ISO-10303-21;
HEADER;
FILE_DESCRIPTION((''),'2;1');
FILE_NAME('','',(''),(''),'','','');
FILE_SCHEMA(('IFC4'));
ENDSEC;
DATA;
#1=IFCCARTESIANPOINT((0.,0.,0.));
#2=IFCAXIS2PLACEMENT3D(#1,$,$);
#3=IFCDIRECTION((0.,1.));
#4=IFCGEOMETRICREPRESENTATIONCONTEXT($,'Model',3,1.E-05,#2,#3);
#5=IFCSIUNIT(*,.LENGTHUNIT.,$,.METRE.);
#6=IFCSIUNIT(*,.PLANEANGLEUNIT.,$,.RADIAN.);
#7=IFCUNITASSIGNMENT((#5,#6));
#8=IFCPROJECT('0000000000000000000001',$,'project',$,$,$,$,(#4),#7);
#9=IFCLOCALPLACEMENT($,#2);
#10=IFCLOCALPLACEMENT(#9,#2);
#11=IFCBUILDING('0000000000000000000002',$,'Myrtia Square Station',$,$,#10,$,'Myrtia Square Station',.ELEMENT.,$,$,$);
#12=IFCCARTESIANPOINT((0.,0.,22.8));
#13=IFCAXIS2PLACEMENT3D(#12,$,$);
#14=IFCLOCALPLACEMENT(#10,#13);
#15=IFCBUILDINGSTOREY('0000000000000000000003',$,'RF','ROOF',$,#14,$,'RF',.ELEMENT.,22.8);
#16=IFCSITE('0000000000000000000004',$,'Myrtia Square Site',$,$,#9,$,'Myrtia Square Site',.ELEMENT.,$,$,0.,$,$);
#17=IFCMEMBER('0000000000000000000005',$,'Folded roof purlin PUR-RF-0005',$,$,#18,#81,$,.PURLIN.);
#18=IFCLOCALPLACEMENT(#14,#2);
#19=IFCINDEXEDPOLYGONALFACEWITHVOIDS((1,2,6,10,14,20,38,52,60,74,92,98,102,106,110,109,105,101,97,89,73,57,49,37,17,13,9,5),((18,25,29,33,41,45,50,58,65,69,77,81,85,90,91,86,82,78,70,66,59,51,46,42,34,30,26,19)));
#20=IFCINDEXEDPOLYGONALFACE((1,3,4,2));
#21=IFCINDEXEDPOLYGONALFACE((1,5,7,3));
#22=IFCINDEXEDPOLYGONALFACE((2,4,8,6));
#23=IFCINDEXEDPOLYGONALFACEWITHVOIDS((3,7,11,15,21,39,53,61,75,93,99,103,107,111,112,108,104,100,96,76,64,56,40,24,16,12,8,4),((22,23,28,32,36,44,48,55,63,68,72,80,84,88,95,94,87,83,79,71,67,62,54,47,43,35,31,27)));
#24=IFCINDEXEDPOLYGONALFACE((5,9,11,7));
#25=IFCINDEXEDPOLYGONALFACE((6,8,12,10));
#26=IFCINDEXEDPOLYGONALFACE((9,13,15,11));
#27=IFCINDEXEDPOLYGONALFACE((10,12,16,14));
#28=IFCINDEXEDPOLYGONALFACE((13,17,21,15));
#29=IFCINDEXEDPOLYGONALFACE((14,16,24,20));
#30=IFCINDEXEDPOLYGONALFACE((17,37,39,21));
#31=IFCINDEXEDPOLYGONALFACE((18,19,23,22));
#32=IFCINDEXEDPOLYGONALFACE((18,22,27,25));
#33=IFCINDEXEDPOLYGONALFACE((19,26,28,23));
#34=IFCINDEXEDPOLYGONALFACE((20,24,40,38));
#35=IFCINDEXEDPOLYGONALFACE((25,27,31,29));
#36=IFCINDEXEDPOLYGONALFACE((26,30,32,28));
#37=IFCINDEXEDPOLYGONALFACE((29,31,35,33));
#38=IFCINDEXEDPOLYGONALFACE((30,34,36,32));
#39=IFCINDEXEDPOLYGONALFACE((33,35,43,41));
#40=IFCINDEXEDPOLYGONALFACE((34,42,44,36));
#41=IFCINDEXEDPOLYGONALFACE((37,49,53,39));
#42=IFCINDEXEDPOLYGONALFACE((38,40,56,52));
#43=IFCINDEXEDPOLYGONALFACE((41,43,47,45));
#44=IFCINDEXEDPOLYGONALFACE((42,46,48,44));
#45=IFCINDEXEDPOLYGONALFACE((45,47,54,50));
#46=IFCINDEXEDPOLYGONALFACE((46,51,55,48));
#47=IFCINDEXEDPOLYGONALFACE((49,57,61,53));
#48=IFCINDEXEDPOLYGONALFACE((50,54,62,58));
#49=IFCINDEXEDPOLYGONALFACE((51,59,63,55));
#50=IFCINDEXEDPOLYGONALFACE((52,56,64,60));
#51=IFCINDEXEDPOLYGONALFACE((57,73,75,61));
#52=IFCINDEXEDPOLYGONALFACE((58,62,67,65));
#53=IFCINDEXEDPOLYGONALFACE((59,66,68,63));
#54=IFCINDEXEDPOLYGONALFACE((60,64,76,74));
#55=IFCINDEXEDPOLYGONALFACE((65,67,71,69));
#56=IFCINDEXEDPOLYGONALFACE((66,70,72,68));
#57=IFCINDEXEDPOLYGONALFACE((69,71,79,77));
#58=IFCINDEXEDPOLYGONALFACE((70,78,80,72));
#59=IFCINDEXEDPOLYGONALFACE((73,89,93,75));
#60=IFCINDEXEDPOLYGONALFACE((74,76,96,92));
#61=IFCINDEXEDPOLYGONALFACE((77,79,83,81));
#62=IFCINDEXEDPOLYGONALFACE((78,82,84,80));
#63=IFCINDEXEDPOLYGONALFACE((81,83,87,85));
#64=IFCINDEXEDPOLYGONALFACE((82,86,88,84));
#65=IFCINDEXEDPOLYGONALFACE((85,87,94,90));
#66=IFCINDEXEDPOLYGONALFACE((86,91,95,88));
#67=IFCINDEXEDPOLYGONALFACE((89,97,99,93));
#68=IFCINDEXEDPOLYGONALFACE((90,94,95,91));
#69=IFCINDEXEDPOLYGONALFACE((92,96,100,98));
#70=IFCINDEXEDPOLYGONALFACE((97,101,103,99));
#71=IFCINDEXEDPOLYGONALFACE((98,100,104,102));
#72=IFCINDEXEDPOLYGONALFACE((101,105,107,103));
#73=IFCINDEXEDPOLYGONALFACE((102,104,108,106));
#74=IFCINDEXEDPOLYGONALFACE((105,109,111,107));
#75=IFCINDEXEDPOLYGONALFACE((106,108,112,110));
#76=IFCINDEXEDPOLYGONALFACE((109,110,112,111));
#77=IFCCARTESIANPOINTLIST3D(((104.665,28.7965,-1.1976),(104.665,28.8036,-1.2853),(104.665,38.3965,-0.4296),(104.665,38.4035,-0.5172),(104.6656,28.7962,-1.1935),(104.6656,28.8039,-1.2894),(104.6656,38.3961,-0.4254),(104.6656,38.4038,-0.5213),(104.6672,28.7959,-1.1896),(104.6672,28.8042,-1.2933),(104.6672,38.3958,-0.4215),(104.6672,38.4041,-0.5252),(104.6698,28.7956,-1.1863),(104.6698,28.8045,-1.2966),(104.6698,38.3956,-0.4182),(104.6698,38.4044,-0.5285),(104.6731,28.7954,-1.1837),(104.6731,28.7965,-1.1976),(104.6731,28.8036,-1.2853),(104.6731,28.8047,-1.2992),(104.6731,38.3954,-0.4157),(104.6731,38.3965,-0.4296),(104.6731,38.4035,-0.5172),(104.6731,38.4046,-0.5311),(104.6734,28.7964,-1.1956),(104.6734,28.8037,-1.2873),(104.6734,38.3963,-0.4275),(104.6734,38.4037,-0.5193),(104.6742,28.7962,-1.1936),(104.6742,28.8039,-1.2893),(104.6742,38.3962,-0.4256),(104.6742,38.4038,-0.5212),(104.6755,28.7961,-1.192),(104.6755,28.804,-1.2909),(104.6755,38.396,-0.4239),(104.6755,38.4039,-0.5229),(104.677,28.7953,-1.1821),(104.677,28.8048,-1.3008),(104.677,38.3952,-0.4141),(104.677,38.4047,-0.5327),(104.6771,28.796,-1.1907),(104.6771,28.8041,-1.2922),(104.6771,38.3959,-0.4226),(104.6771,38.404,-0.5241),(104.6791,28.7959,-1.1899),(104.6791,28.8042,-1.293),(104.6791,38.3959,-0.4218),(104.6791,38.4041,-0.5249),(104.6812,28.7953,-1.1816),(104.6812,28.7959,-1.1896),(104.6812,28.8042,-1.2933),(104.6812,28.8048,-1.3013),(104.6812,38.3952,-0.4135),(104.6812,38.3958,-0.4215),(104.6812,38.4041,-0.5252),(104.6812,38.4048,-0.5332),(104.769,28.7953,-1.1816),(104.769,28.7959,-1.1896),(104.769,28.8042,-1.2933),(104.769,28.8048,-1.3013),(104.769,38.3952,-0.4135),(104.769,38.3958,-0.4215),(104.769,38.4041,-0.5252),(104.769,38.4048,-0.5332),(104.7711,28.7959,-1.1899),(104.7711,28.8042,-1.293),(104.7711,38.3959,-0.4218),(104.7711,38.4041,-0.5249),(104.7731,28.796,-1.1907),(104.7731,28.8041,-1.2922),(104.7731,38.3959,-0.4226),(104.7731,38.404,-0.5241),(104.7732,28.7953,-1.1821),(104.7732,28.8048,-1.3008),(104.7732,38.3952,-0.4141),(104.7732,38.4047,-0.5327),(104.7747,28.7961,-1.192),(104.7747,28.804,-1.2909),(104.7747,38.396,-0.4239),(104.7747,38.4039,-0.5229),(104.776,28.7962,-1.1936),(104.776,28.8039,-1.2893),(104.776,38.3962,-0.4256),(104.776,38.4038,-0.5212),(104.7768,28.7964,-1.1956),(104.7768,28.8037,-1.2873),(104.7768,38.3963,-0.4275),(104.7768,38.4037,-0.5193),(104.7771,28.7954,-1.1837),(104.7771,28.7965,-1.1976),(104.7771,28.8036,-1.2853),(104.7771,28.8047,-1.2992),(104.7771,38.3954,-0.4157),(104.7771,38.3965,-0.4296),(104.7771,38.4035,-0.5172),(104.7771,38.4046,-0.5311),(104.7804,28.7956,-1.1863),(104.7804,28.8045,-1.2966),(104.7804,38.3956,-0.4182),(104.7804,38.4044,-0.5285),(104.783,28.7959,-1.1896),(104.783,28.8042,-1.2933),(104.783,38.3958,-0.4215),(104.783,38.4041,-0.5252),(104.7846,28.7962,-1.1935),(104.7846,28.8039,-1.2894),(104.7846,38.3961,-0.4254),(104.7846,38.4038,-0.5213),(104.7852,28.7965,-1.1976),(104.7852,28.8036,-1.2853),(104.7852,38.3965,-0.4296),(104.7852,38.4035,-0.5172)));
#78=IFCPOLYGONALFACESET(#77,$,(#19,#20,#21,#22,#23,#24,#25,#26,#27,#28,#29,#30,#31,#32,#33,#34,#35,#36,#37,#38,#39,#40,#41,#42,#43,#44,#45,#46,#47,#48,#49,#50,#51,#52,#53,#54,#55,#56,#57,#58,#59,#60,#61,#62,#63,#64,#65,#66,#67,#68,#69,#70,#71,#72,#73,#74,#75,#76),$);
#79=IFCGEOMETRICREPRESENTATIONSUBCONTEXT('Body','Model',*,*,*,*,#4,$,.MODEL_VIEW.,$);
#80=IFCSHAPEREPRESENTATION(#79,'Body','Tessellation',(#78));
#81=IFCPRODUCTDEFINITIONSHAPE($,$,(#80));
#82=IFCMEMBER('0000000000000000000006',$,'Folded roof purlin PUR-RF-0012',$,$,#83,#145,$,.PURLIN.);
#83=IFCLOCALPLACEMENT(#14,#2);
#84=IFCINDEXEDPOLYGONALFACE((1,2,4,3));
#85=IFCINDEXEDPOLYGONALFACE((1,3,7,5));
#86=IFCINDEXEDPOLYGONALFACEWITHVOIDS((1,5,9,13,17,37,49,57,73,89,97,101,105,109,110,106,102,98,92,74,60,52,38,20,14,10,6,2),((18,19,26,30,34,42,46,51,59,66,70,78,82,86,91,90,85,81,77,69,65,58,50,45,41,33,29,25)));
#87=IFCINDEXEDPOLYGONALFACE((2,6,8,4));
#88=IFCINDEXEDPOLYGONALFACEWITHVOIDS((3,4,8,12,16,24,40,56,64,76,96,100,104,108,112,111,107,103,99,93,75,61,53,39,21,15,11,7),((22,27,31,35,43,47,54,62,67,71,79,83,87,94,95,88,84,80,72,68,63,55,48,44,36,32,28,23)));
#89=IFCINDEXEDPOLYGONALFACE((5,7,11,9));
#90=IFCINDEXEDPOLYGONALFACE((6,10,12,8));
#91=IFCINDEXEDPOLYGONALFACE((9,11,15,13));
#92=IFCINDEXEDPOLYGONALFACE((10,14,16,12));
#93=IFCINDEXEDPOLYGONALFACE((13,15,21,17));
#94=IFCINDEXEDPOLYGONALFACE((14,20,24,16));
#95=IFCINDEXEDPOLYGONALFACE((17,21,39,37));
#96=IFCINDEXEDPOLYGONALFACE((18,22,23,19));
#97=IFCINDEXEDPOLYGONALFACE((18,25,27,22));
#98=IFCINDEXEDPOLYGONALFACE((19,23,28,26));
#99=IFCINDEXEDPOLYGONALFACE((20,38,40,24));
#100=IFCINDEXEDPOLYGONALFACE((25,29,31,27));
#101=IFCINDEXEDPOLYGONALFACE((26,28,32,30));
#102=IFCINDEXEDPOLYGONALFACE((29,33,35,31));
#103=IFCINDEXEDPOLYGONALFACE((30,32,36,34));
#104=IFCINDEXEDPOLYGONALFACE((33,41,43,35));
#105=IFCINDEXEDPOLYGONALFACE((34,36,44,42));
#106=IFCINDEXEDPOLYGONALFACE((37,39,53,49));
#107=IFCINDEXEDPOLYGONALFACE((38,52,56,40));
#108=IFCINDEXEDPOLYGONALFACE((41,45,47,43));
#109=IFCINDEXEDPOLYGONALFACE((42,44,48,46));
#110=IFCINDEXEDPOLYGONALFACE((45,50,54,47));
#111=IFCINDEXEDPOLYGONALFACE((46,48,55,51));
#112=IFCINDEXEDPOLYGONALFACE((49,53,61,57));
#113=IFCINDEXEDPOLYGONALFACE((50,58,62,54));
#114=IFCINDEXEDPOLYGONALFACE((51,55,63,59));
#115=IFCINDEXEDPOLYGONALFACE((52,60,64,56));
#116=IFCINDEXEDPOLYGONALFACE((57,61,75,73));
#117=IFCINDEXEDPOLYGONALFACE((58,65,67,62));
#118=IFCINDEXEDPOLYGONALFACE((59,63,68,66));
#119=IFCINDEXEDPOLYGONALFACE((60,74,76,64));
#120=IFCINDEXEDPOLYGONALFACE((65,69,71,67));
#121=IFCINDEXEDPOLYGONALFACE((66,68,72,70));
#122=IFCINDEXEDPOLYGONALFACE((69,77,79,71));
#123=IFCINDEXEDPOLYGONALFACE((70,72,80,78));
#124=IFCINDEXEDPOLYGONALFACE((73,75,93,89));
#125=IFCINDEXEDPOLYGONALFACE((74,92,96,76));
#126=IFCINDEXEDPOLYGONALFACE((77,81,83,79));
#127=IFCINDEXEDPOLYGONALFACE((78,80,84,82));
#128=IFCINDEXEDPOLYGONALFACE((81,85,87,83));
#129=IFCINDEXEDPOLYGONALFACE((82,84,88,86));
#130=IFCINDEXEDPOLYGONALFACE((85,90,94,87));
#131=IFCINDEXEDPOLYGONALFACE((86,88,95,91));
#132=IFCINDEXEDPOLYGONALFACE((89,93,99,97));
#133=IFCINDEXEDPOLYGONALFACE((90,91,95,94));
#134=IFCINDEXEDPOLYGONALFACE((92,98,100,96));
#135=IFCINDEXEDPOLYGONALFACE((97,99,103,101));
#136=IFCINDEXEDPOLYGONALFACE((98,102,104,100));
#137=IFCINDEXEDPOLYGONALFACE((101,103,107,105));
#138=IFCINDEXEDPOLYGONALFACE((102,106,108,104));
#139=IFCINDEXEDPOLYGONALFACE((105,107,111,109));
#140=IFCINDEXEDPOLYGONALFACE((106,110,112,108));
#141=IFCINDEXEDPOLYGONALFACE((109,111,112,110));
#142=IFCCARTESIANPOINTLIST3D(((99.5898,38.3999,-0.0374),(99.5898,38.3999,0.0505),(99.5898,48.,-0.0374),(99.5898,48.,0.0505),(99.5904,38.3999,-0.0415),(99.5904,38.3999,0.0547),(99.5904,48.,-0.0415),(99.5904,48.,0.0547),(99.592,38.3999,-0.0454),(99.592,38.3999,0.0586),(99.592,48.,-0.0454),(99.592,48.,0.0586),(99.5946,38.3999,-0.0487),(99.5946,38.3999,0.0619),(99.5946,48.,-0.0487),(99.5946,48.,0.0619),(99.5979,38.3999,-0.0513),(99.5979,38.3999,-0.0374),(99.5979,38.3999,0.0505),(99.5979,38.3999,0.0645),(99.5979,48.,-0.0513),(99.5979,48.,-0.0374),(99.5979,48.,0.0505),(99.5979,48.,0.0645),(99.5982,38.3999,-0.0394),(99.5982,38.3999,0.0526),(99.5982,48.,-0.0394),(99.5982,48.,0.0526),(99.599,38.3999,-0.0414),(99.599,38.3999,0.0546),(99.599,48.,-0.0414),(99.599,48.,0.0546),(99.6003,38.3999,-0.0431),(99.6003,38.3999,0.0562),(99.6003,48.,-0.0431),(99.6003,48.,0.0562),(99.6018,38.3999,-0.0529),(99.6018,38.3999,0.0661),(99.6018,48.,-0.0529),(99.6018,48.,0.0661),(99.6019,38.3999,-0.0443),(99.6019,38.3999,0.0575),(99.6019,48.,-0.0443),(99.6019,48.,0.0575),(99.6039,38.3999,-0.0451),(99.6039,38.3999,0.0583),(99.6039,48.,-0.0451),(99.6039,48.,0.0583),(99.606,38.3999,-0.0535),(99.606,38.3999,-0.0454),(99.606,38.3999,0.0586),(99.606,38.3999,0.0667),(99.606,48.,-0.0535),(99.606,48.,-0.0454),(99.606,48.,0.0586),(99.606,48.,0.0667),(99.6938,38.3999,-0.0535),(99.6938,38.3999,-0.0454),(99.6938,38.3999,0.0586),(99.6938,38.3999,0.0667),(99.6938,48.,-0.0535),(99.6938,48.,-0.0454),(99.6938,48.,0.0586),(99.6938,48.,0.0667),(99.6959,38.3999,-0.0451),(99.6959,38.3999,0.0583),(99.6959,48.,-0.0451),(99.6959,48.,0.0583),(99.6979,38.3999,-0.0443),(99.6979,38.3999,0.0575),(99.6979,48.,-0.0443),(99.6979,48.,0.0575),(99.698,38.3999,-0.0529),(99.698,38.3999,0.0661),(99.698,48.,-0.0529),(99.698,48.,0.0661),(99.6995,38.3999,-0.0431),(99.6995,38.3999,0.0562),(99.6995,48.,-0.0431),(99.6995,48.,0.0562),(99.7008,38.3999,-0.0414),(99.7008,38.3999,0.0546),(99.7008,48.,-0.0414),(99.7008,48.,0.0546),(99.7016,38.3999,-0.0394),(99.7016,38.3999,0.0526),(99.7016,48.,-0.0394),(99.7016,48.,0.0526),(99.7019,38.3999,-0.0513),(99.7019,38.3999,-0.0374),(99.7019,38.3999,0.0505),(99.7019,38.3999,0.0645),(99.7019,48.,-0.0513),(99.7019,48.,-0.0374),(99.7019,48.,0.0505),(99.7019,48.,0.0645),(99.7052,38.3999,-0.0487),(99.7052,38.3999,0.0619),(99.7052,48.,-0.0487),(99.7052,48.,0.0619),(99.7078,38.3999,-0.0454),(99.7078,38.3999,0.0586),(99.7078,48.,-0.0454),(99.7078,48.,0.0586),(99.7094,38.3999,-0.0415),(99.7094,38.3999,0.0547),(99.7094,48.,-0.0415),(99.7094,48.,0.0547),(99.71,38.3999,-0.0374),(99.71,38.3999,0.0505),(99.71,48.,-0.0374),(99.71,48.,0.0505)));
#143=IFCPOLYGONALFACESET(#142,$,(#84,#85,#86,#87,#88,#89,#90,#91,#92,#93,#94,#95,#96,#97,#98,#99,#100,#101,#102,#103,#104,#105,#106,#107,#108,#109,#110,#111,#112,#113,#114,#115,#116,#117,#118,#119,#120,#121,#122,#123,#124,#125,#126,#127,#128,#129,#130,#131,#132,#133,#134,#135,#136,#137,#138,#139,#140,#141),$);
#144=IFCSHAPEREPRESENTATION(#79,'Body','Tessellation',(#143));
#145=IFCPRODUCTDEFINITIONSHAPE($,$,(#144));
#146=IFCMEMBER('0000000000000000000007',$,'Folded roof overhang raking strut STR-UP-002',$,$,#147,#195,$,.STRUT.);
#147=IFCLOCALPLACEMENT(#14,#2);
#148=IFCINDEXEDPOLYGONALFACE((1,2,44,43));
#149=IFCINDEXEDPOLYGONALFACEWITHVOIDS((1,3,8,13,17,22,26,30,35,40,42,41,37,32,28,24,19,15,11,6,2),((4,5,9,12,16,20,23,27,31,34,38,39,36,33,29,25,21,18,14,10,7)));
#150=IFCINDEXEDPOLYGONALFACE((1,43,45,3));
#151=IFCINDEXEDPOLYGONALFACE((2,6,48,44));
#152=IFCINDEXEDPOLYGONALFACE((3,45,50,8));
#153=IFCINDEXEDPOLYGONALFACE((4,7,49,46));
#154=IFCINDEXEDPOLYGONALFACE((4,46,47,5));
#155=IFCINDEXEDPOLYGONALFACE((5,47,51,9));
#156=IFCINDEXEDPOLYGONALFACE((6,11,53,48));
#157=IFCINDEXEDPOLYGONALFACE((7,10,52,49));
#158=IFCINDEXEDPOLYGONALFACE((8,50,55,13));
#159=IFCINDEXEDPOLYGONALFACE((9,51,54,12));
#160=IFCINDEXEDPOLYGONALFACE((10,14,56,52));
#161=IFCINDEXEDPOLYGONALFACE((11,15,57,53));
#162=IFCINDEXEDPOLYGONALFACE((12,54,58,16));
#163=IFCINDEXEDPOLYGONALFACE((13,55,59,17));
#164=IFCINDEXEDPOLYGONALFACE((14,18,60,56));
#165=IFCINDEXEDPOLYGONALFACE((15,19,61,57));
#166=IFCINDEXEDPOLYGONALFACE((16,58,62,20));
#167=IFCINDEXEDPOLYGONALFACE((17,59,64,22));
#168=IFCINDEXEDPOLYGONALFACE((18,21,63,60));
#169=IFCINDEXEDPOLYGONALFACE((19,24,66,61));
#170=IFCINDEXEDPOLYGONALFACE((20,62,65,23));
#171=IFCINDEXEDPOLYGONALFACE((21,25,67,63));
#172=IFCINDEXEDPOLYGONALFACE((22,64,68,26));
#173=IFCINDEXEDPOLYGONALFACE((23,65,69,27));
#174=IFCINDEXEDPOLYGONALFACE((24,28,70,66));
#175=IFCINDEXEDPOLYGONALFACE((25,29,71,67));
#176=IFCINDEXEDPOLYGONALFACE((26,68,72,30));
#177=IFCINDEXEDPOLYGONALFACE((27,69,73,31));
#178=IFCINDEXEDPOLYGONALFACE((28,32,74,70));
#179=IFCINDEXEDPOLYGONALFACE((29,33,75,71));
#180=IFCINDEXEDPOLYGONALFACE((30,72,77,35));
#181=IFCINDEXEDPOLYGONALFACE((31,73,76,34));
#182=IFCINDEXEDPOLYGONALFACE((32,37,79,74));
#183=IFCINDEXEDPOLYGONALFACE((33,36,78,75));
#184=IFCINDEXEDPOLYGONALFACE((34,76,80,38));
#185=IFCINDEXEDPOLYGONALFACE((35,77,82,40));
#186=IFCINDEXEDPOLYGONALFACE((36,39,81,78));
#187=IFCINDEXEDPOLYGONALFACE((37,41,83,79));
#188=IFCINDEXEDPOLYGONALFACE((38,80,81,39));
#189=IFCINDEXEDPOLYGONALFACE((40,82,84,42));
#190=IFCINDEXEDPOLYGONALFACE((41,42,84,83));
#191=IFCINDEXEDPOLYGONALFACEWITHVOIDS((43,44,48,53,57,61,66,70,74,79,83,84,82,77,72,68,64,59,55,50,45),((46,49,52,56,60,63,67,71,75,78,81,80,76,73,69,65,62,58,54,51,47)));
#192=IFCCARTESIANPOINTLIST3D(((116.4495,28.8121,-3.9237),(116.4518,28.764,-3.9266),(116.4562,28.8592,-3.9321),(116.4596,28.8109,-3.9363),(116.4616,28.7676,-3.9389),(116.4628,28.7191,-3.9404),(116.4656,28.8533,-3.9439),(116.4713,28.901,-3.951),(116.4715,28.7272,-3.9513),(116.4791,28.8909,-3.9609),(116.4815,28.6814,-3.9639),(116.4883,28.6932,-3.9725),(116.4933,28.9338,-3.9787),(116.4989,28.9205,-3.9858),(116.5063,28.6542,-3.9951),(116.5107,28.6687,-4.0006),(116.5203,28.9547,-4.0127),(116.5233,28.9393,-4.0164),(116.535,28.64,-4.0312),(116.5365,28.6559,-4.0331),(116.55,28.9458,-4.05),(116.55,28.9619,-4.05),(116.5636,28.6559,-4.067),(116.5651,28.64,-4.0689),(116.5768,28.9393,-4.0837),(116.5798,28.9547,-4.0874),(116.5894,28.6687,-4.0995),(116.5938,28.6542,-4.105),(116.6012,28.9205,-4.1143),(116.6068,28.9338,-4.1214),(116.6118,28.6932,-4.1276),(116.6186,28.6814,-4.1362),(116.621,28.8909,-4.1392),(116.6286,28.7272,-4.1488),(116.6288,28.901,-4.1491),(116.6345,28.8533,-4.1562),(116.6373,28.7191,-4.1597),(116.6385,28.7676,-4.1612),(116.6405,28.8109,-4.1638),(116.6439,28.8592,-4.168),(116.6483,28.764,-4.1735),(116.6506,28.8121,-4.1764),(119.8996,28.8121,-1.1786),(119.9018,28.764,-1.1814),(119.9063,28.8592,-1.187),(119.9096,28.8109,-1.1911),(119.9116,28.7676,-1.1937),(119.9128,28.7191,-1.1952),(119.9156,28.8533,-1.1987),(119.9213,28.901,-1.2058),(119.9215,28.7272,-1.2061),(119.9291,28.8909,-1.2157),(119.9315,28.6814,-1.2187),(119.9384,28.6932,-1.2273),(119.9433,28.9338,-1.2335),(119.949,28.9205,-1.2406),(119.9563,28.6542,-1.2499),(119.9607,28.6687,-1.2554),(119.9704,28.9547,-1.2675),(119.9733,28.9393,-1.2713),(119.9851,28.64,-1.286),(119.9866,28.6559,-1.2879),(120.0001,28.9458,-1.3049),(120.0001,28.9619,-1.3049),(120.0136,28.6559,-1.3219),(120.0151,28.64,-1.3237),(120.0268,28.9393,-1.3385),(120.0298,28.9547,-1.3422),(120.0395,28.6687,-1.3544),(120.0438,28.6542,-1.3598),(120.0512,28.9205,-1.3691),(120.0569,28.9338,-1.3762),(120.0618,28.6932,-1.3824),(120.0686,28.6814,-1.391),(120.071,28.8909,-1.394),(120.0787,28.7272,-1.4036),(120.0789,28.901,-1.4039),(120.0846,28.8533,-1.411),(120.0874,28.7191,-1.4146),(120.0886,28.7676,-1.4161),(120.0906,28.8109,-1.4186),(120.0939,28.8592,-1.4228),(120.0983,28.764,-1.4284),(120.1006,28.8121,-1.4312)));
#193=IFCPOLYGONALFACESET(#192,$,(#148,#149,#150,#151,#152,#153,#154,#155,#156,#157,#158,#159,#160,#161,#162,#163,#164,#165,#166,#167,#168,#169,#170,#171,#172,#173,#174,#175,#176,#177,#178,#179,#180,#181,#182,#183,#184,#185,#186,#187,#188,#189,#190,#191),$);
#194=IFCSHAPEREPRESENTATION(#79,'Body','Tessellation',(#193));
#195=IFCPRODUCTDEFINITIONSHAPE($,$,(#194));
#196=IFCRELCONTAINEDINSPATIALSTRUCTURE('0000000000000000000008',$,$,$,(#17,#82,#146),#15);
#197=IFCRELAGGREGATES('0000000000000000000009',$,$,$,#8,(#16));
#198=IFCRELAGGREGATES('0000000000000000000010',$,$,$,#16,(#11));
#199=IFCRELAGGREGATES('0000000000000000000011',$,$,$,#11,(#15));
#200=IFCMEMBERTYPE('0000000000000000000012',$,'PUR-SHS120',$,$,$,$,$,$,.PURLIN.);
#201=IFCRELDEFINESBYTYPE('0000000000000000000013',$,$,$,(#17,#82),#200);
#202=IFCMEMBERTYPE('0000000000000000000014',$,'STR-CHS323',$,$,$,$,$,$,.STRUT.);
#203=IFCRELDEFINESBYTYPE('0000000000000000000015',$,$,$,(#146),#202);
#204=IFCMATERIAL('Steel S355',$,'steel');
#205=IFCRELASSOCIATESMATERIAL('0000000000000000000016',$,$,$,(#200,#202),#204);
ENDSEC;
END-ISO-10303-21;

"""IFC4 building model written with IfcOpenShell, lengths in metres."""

from ifc_helpers import new_model, si_unit, direction, frame, origin, origin_2d, place, context, subcontext, project, spatial, hollow_rectangle, hollow_circle, extrude, material, material_profile, profile_set, type_object, element, save


model = new_model("IFC4")

# Units and contexts
model_context = context("Model", 3, precision=1e-05, world=origin(), true_north=direction((0.0, 1.0)))
body_context = subcontext(model_context, "Body", "Model", "MODEL_VIEW")
ifc_project = project(units=[si_unit("LENGTHUNIT", "METRE"), si_unit("PLANEANGLEUNIT", "RADIAN")], contexts=[model_context])

# Site, building, storey
site_placement = place(None, origin())
site = spatial("IfcSite", under=ifc_project, at=site_placement, Name="Myrtia Square Site", LongName="Myrtia Square Site", CompositionType="ELEMENT", RefElevation=0.0)
building_placement = place(site_placement, origin())
building = spatial("IfcBuilding", under=site, at=building_placement, Name="Myrtia Square Station", LongName="Myrtia Square Station", CompositionType="ELEMENT")
storey_placement = place(building_placement, frame((0.0, 0.0, 22.8)))
storey = spatial("IfcBuildingStorey", under=building, at=storey_placement, Name="RF", Description="ROOF", LongName="RF", CompositionType="ELEMENT", Elevation=22.8)

# Members
ifc_material_1 = material(Name="Steel S355", Category="steel")
ifc_material_profile_1 = material_profile(ifc_material_1, hollow_rectangle(XDim=0.1201, YDim=0.1201, WallThickness=0.0081, InnerFilletRadius=0.0081, OuterFilletRadius=0.0161, at=origin_2d()), Name="SHS 120x120x8")
ifc_profile_set_1 = profile_set([ifc_material_profile_1], Name="Steel S355")
member_type_1 = type_object("IfcMemberType", Name="PUR-SHS120", PredefinedType="PURLIN", material=ifc_profile_set_1)
member_1_placement = place(storey_placement, frame((104.7251, 28.8, -1.2415), z_axis=(0.0, 0.996815, 0.079753), x_axis=(-1.0, 0.0, 0.0)))
element("IfcMember", 1, at=member_1_placement, inside=storey, type_object=member_type_1, Name="Folded roof purlin PUR-RF-0005", PredefinedType="PURLIN", context=body_context, shape_type="SweptSolid", body=[
    extrude(hollow_rectangle(XDim=0.1201, YDim=0.1201, WallThickness=0.0081, InnerFilletRadius=0.0081, OuterFilletRadius=0.0161, at=origin_2d()), origin(), (0.0, 0.0, 1.0), 9.6306),
])
member_2_placement = place(storey_placement, frame((99.6499, 38.3999, 0.0066), z_axis=(0.0, 1.0, 0.0), x_axis=(-1.0, 0.0, 0.0)))
element("IfcMember", 2, at=member_2_placement, inside=storey, type_object=member_type_1, Name="Folded roof purlin PUR-RF-0012", PredefinedType="PURLIN", context=body_context, shape_type="SweptSolid", body=[
    extrude(hollow_rectangle(XDim=0.1201, YDim=0.1201, WallThickness=0.0081, InnerFilletRadius=0.0081, OuterFilletRadius=0.0161, at=origin_2d()), origin(), (0.0, 0.0, 1.0), 9.6001),
])
ifc_material_profile_2 = material_profile(ifc_material_1, hollow_circle(Radius=0.1619, WallThickness=0.0161, at=origin_2d()), Name="CHS 323.9x16")
ifc_profile_set_2 = profile_set([ifc_material_profile_2], Name="Steel S355")
member_type_2 = type_object("IfcMemberType", Name="STR-CHS323", PredefinedType="STRUT", material=ifc_profile_set_2)
member_3_placement = place(storey_placement, frame((116.55, 28.8, -4.05), z_axis=(0.782508, 0.0, 0.62264), x_axis=(0.0, 1.0, 0.0)))
element("IfcMember", 3, at=member_3_placement, inside=storey, type_object=member_type_2, Name="Folded roof overhang raking strut STR-UP-002", PredefinedType="STRUT", context=body_context, shape_type="SweptSolid", body=[
    extrude(hollow_circle(Radius=0.1619, WallThickness=0.0161, at=origin_2d()), origin(), (0.0, 0.0, 1.0), 4.4089),
])

save(model, "model.ifc")
